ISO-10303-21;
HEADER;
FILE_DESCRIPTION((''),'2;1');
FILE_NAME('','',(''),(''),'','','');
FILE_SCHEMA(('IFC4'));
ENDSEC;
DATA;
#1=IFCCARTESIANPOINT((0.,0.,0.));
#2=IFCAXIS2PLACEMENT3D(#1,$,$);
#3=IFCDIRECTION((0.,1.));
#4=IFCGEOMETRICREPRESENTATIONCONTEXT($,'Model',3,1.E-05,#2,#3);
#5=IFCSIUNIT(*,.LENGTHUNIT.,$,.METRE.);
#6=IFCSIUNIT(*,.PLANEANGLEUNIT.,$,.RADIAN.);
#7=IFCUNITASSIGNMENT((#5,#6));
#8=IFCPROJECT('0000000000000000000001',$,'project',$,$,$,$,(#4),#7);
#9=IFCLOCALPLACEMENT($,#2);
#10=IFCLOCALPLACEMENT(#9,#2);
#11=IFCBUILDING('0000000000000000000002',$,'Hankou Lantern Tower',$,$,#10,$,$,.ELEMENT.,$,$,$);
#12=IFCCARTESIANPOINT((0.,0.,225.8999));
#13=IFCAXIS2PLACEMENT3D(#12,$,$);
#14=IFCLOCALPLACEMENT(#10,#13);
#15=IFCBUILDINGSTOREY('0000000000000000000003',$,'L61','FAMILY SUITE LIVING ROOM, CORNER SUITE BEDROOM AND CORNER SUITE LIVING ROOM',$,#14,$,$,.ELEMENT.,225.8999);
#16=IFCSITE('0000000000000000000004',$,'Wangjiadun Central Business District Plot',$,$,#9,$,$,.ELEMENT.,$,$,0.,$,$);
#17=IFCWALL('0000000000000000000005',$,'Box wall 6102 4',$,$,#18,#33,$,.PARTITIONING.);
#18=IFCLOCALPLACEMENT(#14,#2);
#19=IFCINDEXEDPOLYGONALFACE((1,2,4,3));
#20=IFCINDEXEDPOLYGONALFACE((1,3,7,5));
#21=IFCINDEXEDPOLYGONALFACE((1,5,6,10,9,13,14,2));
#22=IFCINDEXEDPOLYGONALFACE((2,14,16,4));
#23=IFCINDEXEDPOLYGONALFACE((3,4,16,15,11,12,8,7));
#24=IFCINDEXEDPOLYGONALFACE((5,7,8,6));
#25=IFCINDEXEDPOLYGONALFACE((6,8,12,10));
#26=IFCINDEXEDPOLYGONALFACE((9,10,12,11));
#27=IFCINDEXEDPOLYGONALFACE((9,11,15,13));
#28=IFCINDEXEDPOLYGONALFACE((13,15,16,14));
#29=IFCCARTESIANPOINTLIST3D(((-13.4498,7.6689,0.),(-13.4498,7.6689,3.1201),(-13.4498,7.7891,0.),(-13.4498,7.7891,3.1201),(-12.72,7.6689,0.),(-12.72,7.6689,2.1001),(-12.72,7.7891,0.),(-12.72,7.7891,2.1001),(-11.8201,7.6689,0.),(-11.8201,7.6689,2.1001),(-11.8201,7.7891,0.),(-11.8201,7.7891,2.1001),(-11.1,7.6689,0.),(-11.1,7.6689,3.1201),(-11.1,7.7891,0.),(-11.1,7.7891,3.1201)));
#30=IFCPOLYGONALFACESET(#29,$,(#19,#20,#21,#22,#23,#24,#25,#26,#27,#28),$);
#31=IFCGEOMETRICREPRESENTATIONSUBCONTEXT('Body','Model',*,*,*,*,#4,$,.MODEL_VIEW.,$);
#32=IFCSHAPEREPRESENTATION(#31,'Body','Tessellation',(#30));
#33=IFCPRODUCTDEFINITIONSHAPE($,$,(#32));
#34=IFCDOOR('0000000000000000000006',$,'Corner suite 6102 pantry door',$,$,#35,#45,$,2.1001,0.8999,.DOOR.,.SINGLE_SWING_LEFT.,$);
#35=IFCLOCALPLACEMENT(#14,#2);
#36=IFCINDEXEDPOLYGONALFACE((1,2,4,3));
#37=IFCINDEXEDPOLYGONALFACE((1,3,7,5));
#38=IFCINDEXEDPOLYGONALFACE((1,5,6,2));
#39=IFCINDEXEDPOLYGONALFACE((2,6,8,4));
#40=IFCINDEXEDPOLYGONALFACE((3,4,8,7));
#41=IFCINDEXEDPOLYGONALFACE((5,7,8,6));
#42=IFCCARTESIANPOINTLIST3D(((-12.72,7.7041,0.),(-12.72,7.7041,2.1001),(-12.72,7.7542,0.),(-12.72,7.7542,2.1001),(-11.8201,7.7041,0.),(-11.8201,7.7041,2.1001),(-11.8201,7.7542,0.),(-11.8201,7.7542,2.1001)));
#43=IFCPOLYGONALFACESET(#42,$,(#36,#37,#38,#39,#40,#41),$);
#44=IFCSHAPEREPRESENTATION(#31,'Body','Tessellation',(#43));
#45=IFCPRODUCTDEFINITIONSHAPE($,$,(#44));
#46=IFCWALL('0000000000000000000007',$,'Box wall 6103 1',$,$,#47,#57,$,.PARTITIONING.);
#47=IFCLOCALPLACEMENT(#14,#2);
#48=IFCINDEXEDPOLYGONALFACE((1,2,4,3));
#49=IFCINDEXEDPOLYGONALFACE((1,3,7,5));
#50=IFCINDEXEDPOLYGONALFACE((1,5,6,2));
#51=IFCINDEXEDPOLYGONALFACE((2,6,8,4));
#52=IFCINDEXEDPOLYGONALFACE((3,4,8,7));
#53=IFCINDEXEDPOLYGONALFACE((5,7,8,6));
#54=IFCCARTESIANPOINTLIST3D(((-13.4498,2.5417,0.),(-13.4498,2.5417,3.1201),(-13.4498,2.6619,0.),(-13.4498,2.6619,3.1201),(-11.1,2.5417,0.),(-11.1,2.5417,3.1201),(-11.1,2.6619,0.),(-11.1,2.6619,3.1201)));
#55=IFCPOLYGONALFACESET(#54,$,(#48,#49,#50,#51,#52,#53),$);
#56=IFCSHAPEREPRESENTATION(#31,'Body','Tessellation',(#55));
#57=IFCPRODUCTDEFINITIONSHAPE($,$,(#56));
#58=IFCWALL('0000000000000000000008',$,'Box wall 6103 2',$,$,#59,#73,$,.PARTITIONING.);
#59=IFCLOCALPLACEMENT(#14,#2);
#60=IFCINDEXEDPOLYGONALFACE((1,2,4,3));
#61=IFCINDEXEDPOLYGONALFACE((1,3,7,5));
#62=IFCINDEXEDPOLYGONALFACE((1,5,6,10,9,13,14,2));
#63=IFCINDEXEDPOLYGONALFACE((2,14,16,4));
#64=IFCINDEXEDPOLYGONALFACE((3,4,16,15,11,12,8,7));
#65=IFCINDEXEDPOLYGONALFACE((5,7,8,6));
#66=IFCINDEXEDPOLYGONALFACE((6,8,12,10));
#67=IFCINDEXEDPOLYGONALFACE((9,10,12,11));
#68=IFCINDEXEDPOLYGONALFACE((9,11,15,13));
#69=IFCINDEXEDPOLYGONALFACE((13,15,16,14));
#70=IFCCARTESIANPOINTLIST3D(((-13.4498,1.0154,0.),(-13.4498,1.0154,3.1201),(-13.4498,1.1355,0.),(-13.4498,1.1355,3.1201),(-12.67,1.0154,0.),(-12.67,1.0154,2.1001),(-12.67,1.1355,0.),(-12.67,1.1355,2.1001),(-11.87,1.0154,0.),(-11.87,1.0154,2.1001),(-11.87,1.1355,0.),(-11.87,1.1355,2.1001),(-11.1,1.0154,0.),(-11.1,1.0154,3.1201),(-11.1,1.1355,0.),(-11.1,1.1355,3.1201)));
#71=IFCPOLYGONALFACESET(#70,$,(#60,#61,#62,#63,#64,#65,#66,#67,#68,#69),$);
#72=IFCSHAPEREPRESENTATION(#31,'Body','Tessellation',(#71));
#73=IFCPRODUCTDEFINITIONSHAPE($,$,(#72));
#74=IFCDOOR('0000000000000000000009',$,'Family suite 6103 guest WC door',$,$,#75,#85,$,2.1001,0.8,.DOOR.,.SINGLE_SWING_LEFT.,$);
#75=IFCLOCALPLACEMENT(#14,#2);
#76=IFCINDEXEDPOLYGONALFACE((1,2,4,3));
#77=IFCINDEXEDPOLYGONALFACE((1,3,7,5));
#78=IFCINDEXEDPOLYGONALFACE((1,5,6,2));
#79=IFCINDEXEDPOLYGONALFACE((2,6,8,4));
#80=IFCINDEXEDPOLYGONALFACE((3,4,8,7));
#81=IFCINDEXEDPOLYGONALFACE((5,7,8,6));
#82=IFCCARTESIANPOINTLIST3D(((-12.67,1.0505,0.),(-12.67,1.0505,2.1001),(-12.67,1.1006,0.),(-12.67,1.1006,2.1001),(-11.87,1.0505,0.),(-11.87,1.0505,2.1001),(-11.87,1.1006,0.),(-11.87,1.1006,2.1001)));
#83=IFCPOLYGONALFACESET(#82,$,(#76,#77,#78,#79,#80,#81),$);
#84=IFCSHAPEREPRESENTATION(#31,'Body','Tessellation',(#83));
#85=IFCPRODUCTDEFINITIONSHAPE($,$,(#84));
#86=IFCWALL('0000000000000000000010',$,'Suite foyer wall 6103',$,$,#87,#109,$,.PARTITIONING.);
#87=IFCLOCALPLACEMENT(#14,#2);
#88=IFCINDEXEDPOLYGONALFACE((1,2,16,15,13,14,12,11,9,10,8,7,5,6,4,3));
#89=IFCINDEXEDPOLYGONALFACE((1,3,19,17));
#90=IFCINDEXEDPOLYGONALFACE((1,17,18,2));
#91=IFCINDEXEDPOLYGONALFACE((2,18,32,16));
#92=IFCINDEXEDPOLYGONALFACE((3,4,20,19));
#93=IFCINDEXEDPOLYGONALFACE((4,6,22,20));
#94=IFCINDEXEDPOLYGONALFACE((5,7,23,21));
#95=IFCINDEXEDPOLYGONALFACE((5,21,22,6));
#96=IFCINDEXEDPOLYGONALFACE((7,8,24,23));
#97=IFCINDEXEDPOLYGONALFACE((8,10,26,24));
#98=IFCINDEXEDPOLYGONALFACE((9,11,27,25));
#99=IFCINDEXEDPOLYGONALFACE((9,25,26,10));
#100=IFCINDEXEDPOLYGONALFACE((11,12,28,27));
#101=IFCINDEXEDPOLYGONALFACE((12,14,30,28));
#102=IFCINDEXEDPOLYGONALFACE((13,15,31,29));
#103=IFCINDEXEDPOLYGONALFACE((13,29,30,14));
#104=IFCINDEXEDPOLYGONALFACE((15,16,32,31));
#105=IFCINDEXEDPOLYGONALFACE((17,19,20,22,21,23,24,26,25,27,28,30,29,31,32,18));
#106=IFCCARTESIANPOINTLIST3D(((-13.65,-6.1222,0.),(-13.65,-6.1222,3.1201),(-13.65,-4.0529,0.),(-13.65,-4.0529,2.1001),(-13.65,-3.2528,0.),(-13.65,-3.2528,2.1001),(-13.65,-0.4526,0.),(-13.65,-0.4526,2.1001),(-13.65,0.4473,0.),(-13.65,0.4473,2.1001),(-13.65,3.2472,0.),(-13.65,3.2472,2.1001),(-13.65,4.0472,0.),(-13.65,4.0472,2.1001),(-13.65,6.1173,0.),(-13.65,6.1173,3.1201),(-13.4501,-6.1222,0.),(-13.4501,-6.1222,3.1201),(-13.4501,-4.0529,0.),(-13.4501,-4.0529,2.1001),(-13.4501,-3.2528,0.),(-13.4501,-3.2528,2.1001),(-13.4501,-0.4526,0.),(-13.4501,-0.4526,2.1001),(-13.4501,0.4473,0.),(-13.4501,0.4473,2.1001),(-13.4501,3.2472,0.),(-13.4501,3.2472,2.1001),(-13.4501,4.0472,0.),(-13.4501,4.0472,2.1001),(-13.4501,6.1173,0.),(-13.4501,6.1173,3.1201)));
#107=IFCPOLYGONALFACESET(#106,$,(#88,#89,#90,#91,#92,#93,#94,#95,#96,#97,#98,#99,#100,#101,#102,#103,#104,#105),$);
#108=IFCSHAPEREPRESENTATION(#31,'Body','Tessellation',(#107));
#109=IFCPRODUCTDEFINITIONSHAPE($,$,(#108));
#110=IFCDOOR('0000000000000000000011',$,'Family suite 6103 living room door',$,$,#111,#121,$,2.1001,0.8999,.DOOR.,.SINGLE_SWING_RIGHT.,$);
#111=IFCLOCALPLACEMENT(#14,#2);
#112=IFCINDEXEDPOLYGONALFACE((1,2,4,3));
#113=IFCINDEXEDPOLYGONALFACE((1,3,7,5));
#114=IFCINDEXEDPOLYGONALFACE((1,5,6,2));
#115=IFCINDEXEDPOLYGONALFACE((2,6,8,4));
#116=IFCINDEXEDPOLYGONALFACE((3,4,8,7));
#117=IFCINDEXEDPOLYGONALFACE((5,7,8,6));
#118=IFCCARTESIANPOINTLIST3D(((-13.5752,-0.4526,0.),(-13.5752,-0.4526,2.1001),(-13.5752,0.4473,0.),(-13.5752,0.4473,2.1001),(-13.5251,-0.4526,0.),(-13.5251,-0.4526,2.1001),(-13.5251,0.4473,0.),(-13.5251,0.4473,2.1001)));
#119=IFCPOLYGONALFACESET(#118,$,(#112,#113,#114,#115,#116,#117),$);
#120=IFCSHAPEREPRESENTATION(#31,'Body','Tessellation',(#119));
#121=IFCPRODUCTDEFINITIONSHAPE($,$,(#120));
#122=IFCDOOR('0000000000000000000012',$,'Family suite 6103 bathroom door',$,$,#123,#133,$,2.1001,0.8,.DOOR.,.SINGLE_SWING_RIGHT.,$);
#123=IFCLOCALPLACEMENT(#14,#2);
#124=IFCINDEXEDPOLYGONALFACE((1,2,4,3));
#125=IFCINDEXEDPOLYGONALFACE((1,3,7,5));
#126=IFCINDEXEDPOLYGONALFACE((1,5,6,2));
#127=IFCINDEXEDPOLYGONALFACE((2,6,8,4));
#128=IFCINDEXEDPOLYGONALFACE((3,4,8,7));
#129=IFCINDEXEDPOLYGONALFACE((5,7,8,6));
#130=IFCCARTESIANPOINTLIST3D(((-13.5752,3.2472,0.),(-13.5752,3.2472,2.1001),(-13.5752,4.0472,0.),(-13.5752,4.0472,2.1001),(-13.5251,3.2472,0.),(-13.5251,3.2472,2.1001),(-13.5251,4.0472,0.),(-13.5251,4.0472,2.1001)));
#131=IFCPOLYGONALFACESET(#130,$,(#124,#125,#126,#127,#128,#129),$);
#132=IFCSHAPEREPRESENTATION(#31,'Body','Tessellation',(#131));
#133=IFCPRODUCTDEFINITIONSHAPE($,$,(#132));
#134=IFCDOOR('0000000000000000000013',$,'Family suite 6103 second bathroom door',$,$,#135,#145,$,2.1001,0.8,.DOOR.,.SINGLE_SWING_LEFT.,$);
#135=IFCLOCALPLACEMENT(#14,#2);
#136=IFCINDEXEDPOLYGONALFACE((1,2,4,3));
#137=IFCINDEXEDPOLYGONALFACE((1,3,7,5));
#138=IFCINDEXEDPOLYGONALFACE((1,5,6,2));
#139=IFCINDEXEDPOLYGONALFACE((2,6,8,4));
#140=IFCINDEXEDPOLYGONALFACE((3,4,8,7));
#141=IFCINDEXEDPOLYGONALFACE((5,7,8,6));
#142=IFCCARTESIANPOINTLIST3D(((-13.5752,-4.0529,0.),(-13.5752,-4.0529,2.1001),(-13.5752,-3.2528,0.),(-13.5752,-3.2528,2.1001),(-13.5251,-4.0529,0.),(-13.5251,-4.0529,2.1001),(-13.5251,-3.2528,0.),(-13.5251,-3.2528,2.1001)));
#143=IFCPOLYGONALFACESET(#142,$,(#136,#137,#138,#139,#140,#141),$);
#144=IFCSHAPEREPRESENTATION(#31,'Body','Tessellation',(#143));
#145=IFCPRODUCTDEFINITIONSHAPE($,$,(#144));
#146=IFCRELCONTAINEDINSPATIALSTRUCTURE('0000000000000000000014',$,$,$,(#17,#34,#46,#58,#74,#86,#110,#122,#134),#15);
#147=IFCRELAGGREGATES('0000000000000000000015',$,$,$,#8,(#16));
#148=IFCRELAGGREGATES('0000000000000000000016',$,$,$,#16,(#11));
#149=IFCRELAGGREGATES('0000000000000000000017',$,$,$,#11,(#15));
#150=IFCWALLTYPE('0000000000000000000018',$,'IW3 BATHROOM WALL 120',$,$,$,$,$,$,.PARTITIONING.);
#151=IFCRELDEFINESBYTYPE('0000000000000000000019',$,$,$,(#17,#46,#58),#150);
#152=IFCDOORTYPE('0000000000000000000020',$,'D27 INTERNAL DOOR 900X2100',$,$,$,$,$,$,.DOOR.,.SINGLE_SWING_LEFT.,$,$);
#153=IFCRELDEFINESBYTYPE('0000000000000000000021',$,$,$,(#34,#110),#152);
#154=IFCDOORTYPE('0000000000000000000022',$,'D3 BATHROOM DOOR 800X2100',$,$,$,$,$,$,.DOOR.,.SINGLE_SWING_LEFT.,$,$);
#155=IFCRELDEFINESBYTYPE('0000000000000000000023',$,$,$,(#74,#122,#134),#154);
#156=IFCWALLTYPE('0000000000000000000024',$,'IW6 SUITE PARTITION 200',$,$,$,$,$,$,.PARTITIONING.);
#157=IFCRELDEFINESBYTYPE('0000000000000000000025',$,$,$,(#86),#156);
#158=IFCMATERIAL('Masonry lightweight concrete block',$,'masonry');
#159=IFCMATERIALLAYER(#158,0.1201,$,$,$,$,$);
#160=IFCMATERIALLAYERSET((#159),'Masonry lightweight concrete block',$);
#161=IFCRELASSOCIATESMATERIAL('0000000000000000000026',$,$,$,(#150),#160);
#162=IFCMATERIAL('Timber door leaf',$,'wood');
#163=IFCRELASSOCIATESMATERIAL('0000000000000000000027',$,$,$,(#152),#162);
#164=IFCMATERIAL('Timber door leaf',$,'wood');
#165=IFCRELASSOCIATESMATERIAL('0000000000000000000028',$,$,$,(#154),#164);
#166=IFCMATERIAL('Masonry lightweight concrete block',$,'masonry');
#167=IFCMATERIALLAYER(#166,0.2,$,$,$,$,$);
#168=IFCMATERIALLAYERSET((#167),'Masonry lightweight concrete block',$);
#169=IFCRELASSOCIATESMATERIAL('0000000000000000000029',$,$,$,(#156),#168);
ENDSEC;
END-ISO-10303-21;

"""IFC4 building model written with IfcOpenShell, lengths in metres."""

from ifc_helpers import new_model, si_unit, direction, frame, frame_2d, origin, place, context, subcontext, project, spatial, rectangle, extrude, material, layer, layer_set, type_object, element, fill, save


model = new_model("IFC4")

# Units and contexts
model_context = context("Model", 3, precision=1e-05, world=origin(), true_north=direction((0.0, 1.0)))
body_context = subcontext(model_context, "Body", "Model", "MODEL_VIEW")
ifc_project = project(units=[si_unit("LENGTHUNIT", "METRE"), si_unit("PLANEANGLEUNIT", "RADIAN")], contexts=[model_context])

# Site, building, storey
site_placement = place(None, origin())
site = spatial("IfcSite", under=ifc_project, at=site_placement, Name="Wangjiadun Central Business District Plot", CompositionType="ELEMENT", RefElevation=0.0)
building_placement = place(site_placement, origin())
building = spatial("IfcBuilding", under=site, at=building_placement, Name="Hankou Lantern Tower", CompositionType="ELEMENT")
storey_placement = place(building_placement, frame((0.0, 0.0, 225.8999)))
storey = spatial("IfcBuildingStorey", under=building, at=storey_placement, Name="L61", Description="FAMILY SUITE LIVING ROOM, CORNER SUITE BEDROOM AND CORNER SUITE LIVING ROOM", CompositionType="ELEMENT", Elevation=225.8999)

# Wall, opening, door
ifc_material_1 = material(Name="Masonry lightweight concrete block", Category="masonry")
ifc_layer_1 = layer(ifc_material_1, 0.1201)
ifc_layer_set_1 = layer_set([ifc_layer_1], Name="Masonry lightweight concrete block")
wall_type_1 = type_object("IfcWallType", Name="IW3 BATHROOM WALL 120", PredefinedType="PARTITIONING", material=ifc_layer_set_1)
wall_1_placement = place(storey_placement, frame((-11.1001, 7.729, 0.0), z_axis=(0.0, 0.0, 1.0), x_axis=(-1.0, 0.0, 0.0)))
wall_1 = element("IfcWall", 1, at=wall_1_placement, inside=storey, type_object=wall_type_1, Name="Box wall 6102 4", PredefinedType="PARTITIONING", context=body_context, shape_type="SweptSolid", body=[
    extrude(rectangle(XDim=2.3499, YDim=0.1201, at=frame_2d((1.1748, 0.0))), origin(), (0.0, 0.0, 1.0), 3.1201),
])
opening_1_placement = place(wall_1_placement, frame((0.72, 0.0, 0.0)))
opening_1 = element("IfcOpeningElement", 2, at=opening_1_placement, cuts=wall_1, PredefinedType="OPENING", context=body_context, shape_type="SweptSolid", body=[
    extrude(rectangle(XDim=0.8999, YDim=2.1001, at=frame_2d((0.45, 1.05))), frame((0.0, 0.0701, 0.0), z_axis=(0.0, -1.0, 0.0), x_axis=(1.0, 0.0, 0.0)), (0.0, 0.0, 1.0), 0.1401),
])
ifc_material_2 = material(Name="Timber door leaf", Category="wood")
door_type_1 = type_object("IfcDoorType", Name="D27 INTERNAL DOOR 900X2100", OperationType="SINGLE_SWING_LEFT", PredefinedType="DOOR", material=ifc_material_2)
door_1_placement = place(opening_1_placement, origin())
door_1 = element("IfcDoor", 3, at=door_1_placement, inside=storey, type_object=door_type_1, Name="Corner suite 6102 pantry door", OperationType="SINGLE_SWING_LEFT", OverallHeight=2.1001, OverallWidth=0.8999, PredefinedType="DOOR", context=body_context, shape_type="SweptSolid", body=[
    extrude(rectangle(XDim=0.8999, YDim=2.1001, at=frame_2d((0.45, 1.05))), frame((0.0, 0.0249, 0.0), z_axis=(0.0, -1.0, 0.0), x_axis=(1.0, 0.0, 0.0)), (0.0, 0.0, 1.0), 0.05),
])
fill(opening_1, door_1)

# Wall
wall_2_placement = place(storey_placement, frame((-11.1001, 2.6018, 0.0), z_axis=(0.0, 0.0, 1.0), x_axis=(-1.0, 0.0, 0.0)))
element("IfcWall", 4, at=wall_2_placement, inside=storey, type_object=wall_type_1, Name="Box wall 6103 1", PredefinedType="PARTITIONING", context=body_context, shape_type="SweptSolid", body=[
    extrude(rectangle(XDim=2.3499, YDim=0.1201, at=frame_2d((1.1748, 0.0))), origin(), (0.0, 0.0, 1.0), 3.1201),
])

# Wall, opening, door
wall_3_placement = place(storey_placement, frame((-11.1001, 1.0754, 0.0), z_axis=(0.0, 0.0, 1.0), x_axis=(-1.0, 0.0, 0.0)))
wall_3 = element("IfcWall", 5, at=wall_3_placement, inside=storey, type_object=wall_type_1, Name="Box wall 6103 2", PredefinedType="PARTITIONING", context=body_context, shape_type="SweptSolid", body=[
    extrude(rectangle(XDim=2.3499, YDim=0.1201, at=frame_2d((1.1748, 0.0))), origin(), (0.0, 0.0, 1.0), 3.1201),
])
opening_2_placement = place(wall_3_placement, frame((0.77, 0.0, 0.0)))
opening_2 = element("IfcOpeningElement", 6, at=opening_2_placement, cuts=wall_3, PredefinedType="OPENING", context=body_context, shape_type="SweptSolid", body=[
    extrude(rectangle(XDim=0.8, YDim=2.1001, at=frame_2d((0.3999, 1.05))), frame((0.0, 0.0701, 0.0), z_axis=(0.0, -1.0, 0.0), x_axis=(1.0, 0.0, 0.0)), (0.0, 0.0, 1.0), 0.1401),
])
ifc_material_3 = material(Name="Timber door leaf", Category="wood")
door_type_2 = type_object("IfcDoorType", Name="D3 BATHROOM DOOR 800X2100", OperationType="SINGLE_SWING_LEFT", PredefinedType="DOOR", material=ifc_material_3)
door_2_placement = place(opening_2_placement, origin())
door_2 = element("IfcDoor", 7, at=door_2_placement, inside=storey, type_object=door_type_2, Name="Family suite 6103 guest WC door", OperationType="SINGLE_SWING_LEFT", OverallHeight=2.1001, OverallWidth=0.8, PredefinedType="DOOR", context=body_context, shape_type="SweptSolid", body=[
    extrude(rectangle(XDim=0.8, YDim=2.1001, at=frame_2d((0.3999, 1.05))), frame((0.0, 0.0249, 0.0), z_axis=(0.0, -1.0, 0.0), x_axis=(1.0, 0.0, 0.0)), (0.0, 0.0, 1.0), 0.05),
])
fill(opening_2, door_2)

# Wall, openings, doors
ifc_material_4 = material(Name="Masonry lightweight concrete block", Category="masonry")
ifc_layer_2 = layer(ifc_material_4, 0.2)
ifc_layer_set_2 = layer_set([ifc_layer_2], Name="Masonry lightweight concrete block")
wall_type_2 = type_object("IfcWallType", Name="IW6 SUITE PARTITION 200", PredefinedType="PARTITIONING", material=ifc_layer_set_2)
wall_4_placement = place(storey_placement, frame((-13.55, 6.1172, 0.0), z_axis=(0.0, 0.0, 1.0), x_axis=(0.0, -1.0, 0.0)))
wall_4 = element("IfcWall", 8, at=wall_4_placement, inside=storey, type_object=wall_type_2, Name="Suite foyer wall 6103", PredefinedType="PARTITIONING", context=body_context, shape_type="SweptSolid", body=[
    extrude(rectangle(XDim=12.2395, YDim=0.2, at=frame_2d((6.1196, 0.0))), origin(), (0.0, 0.0, 1.0), 3.1201),
])
opening_3_placement = place(wall_4_placement, frame((2.0701, 0.0, 0.0)))
opening_3 = element("IfcOpeningElement", 9, at=opening_3_placement, cuts=wall_4, PredefinedType="OPENING", context=body_context, shape_type="SweptSolid", body=[
    extrude(rectangle(XDim=0.8, YDim=2.1001, at=frame_2d((0.3999, 1.05))), frame((0.0, 0.1099, 0.0), z_axis=(0.0, -1.0, 0.0), x_axis=(1.0, 0.0, 0.0)), (0.0, 0.0, 1.0), 0.22),
])
opening_4_placement = place(wall_4_placement, frame((9.3701, 0.0, 0.0)))
opening_4 = element("IfcOpeningElement", 10, at=opening_4_placement, cuts=wall_4, PredefinedType="OPENING", context=body_context, shape_type="SweptSolid", body=[
    extrude(rectangle(XDim=0.8, YDim=2.1001, at=frame_2d((0.3999, 1.05))), frame((0.0, 0.1099, 0.0), z_axis=(0.0, -1.0, 0.0), x_axis=(1.0, 0.0, 0.0)), (0.0, 0.0, 1.0), 0.22),
])
opening_5_placement = place(wall_4_placement, frame((5.6699, 0.0, 0.0)))
opening_5 = element("IfcOpeningElement", 11, at=opening_5_placement, cuts=wall_4, PredefinedType="OPENING", context=body_context, shape_type="SweptSolid", body=[
    extrude(rectangle(XDim=0.8999, YDim=2.1001, at=frame_2d((0.45, 1.05))), frame((0.0, 0.1099, 0.0), z_axis=(0.0, -1.0, 0.0), x_axis=(1.0, 0.0, 0.0)), (0.0, 0.0, 1.0), 0.22),
])
door_3_placement = place(opening_5_placement, origin())
door_3 = element("IfcDoor", 12, at=door_3_placement, inside=storey, type_object=door_type_1, Name="Family suite 6103 living room door", OperationType="SINGLE_SWING_RIGHT", OverallHeight=2.1001, OverallWidth=0.8999, PredefinedType="DOOR", context=body_context, shape_type="SweptSolid", body=[
    extrude(rectangle(XDim=0.8999, YDim=2.1001, at=frame_2d((0.45, 1.05))), frame((0.0, 0.0249, 0.0), z_axis=(0.0, -1.0, 0.0), x_axis=(1.0, 0.0, 0.0)), (0.0, 0.0, 1.0), 0.05),
])
fill(opening_5, door_3)
door_4_placement = place(opening_3_placement, origin())
door_4 = element("IfcDoor", 13, at=door_4_placement, inside=storey, type_object=door_type_2, Name="Family suite 6103 bathroom door", OperationType="SINGLE_SWING_RIGHT", OverallHeight=2.1001, OverallWidth=0.8, PredefinedType="DOOR", context=body_context, shape_type="SweptSolid", body=[
    extrude(rectangle(XDim=0.8, YDim=2.1001, at=frame_2d((0.3999, 1.05))), frame((0.0, 0.0249, 0.0), z_axis=(0.0, -1.0, 0.0), x_axis=(1.0, 0.0, 0.0)), (0.0, 0.0, 1.0), 0.05),
])
fill(opening_3, door_4)
door_5_placement = place(opening_4_placement, origin())
door_5 = element("IfcDoor", 14, at=door_5_placement, inside=storey, type_object=door_type_2, Name="Family suite 6103 second bathroom door", OperationType="SINGLE_SWING_LEFT", OverallHeight=2.1001, OverallWidth=0.8, PredefinedType="DOOR", context=body_context, shape_type="SweptSolid", body=[
    extrude(rectangle(XDim=0.8, YDim=2.1001, at=frame_2d((0.3999, 1.05))), frame((0.0, 0.0249, 0.0), z_axis=(0.0, -1.0, 0.0), x_axis=(1.0, 0.0, 0.0)), (0.0, 0.0, 1.0), 0.05),
])
fill(opening_4, door_5)

save(model, "model.ifc")
